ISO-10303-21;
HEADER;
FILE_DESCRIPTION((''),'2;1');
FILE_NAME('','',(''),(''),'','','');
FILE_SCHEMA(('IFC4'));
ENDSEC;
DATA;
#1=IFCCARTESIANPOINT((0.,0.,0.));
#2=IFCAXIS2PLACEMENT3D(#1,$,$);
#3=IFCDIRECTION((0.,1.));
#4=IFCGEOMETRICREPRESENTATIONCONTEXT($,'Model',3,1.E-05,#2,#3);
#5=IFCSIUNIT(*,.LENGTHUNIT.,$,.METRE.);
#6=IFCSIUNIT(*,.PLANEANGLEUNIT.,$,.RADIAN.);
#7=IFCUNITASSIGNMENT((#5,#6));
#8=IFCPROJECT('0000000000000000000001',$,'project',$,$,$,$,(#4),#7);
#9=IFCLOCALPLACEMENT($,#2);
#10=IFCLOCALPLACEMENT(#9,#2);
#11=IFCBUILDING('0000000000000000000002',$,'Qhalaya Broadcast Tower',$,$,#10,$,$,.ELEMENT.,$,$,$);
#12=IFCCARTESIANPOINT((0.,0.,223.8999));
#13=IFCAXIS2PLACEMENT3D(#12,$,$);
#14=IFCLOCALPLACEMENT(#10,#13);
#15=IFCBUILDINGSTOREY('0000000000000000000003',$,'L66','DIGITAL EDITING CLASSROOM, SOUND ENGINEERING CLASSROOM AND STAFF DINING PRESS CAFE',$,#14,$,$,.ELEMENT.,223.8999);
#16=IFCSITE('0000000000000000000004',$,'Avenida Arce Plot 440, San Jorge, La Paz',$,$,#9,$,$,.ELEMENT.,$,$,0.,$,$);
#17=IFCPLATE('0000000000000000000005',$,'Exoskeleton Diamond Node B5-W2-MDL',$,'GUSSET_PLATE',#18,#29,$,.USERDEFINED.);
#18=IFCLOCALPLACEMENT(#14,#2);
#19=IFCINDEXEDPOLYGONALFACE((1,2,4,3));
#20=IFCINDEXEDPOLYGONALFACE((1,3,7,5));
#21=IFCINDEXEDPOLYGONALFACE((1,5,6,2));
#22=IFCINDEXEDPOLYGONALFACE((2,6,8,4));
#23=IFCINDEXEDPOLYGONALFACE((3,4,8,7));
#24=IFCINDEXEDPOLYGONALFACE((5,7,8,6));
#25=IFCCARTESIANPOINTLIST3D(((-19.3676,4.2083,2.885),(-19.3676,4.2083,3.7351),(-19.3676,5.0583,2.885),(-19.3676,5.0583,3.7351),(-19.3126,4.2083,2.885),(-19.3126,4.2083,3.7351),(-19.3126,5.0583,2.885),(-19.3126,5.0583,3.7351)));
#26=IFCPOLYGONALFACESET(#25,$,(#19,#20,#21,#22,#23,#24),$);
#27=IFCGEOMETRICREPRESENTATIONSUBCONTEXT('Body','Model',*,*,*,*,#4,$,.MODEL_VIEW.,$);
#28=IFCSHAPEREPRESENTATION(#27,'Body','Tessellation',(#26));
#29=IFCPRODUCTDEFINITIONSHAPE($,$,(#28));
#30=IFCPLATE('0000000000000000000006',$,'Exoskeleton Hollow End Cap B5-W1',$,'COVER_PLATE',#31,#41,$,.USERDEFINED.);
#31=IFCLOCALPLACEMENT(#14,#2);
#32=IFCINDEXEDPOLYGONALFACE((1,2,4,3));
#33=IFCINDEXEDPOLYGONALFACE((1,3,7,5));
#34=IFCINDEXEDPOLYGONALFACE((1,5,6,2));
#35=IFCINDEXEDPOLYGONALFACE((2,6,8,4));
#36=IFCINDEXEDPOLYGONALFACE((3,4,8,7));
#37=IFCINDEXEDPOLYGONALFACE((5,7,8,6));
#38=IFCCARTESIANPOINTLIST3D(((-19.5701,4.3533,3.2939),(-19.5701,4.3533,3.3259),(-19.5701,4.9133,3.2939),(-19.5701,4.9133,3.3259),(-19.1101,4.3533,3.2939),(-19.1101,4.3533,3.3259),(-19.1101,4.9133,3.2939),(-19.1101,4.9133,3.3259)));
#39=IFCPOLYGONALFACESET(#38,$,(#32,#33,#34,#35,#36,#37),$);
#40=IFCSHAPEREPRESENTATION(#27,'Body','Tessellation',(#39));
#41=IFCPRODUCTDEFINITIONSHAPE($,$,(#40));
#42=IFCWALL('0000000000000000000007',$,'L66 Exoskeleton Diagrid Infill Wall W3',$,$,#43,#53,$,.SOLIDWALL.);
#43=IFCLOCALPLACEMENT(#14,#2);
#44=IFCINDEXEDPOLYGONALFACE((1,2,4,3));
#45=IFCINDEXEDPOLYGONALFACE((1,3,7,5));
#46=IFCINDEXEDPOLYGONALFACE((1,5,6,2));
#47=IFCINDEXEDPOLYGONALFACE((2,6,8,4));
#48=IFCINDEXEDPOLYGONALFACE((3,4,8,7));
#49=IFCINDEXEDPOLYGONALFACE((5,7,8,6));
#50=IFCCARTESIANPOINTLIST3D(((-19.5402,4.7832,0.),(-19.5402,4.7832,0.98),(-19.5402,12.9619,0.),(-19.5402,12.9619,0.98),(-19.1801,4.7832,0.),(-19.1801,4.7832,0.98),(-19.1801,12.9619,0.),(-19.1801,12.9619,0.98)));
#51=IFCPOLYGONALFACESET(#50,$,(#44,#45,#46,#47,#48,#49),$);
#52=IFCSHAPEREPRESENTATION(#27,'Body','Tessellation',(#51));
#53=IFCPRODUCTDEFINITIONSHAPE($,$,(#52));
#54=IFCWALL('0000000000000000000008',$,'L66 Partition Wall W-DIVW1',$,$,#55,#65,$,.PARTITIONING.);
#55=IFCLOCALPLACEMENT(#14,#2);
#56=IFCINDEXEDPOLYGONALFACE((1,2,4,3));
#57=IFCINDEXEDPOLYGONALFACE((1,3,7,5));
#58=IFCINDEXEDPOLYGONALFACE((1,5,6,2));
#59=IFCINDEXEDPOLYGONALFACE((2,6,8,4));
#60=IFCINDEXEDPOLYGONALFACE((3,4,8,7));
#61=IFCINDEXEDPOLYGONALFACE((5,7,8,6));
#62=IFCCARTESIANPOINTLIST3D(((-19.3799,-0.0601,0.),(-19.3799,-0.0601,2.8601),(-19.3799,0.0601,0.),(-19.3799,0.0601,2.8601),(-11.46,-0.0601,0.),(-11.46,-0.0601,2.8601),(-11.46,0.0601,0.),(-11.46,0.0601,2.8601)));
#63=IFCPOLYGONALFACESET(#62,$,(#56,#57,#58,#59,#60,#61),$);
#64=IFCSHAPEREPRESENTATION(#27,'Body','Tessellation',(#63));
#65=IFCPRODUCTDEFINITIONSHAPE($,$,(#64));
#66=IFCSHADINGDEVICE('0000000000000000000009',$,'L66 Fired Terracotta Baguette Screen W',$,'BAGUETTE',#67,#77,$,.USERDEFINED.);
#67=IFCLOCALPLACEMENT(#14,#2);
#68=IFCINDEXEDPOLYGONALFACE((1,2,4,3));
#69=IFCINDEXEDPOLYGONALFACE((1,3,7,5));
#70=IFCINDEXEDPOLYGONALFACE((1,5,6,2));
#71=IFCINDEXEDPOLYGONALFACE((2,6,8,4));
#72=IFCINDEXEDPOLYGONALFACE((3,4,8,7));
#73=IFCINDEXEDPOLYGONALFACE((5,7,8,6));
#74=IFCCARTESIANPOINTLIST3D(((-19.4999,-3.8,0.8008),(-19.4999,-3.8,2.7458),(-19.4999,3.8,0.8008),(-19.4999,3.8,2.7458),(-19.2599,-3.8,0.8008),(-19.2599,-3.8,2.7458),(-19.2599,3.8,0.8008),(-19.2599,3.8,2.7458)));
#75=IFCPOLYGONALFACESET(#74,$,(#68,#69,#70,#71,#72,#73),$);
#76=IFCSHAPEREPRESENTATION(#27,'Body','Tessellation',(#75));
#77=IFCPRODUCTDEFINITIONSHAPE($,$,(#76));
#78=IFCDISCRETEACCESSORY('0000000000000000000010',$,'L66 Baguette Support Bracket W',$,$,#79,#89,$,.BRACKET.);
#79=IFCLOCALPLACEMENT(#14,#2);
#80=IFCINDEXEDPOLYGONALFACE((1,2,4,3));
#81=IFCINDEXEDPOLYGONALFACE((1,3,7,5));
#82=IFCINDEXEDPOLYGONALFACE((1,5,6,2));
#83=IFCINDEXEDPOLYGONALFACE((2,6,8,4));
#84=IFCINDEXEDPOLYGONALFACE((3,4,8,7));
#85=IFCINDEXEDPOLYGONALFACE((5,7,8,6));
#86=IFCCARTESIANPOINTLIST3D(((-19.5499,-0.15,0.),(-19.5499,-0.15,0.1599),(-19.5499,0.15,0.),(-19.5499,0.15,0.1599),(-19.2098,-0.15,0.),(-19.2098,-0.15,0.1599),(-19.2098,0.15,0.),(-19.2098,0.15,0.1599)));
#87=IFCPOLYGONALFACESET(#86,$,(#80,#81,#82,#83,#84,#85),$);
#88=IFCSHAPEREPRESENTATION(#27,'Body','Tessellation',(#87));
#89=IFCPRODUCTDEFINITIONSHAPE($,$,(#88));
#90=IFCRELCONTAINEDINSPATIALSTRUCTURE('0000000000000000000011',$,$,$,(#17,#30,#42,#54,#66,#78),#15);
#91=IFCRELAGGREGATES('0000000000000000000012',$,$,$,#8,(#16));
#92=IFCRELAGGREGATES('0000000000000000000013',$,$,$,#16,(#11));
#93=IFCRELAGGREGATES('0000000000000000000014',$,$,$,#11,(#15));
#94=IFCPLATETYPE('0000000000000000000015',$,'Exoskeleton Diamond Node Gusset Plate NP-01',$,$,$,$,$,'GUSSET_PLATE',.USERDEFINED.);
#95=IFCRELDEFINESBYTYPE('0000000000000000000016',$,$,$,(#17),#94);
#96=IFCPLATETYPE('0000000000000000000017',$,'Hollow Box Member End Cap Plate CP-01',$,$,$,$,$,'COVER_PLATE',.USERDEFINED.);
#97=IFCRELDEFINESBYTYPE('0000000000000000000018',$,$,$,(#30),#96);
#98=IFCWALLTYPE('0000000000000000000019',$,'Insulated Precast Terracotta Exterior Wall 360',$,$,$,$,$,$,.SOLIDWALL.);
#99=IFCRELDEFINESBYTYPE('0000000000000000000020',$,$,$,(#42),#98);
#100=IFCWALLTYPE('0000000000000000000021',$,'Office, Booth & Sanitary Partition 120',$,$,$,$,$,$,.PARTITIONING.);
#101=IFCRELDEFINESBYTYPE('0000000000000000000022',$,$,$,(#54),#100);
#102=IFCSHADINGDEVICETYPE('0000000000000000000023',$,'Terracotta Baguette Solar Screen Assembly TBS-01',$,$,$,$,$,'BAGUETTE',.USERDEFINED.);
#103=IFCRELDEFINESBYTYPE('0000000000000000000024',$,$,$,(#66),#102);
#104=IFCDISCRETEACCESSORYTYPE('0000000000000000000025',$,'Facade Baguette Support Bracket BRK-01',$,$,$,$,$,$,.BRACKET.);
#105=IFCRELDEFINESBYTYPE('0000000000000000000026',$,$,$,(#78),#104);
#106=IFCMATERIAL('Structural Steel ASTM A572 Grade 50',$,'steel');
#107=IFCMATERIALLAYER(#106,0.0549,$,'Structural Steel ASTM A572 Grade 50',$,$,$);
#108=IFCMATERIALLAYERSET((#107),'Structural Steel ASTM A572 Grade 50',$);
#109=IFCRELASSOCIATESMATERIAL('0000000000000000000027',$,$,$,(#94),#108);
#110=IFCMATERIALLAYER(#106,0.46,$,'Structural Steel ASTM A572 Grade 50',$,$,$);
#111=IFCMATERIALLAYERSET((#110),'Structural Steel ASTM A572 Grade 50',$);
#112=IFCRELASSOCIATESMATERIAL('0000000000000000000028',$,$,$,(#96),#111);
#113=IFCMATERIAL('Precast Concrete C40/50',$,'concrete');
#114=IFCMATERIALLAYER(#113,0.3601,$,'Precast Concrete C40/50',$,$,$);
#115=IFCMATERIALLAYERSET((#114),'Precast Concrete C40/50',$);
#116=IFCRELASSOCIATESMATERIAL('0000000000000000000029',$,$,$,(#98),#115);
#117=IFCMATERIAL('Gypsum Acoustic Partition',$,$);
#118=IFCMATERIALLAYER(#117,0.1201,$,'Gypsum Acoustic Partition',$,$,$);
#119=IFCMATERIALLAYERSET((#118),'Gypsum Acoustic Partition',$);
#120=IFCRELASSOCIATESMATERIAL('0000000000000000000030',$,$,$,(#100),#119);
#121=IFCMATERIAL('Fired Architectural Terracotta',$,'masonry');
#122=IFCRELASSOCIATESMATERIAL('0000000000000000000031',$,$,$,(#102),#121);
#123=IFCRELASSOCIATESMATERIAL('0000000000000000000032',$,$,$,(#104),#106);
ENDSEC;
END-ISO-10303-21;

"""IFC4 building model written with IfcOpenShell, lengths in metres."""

from ifc_helpers import new_model, si_unit, direction, frame, frame_2d, origin, origin_2d, place, context, subcontext, project, spatial, rectangle, extrude, material, layer, layer_set, type_object, element, save


model = new_model("IFC4")

# Units and contexts
model_context = context("Model", 3, precision=1e-05, world=origin(), true_north=direction((0.0, 1.0)))
body_context = subcontext(model_context, "Body", "Model", "MODEL_VIEW")
ifc_project = project(units=[si_unit("LENGTHUNIT", "METRE"), si_unit("PLANEANGLEUNIT", "RADIAN")], contexts=[model_context])

# Site, building, storey
site_placement = place(None, origin())
site = spatial("IfcSite", under=ifc_project, at=site_placement, Name="Avenida Arce Plot 440, San Jorge, La Paz", CompositionType="ELEMENT", RefElevation=0.0)
building_placement = place(site_placement, origin())
building = spatial("IfcBuilding", under=site, at=building_placement, Name="Qhalaya Broadcast Tower", CompositionType="ELEMENT")
storey_placement = place(building_placement, frame((0.0, 0.0, 223.8999)))
storey = spatial("IfcBuildingStorey", under=building, at=storey_placement, Name="L66", Description="DIGITAL EDITING CLASSROOM, SOUND ENGINEERING CLASSROOM AND STAFF DINING PRESS CAFE", CompositionType="ELEMENT", Elevation=223.8999)

# Shared definitions
ifc_material_1 = material(Name="Structural Steel ASTM A572 Grade 50", Category="steel")

# Plates
ifc_layer_1 = layer(ifc_material_1, 0.0549, Name="Structural Steel ASTM A572 Grade 50")
ifc_layer_set_1 = layer_set([ifc_layer_1], Name="Structural Steel ASTM A572 Grade 50")
plate_type_1 = type_object("IfcPlateType", Name="Exoskeleton Diamond Node Gusset Plate NP-01", ElementType="GUSSET_PLATE", PredefinedType="USERDEFINED", material=ifc_layer_set_1)
plate_1_placement = place(storey_placement, frame((-19.3401, 4.6333, 2.885), z_axis=(0.0, 0.0, 1.0), x_axis=(0.0, 1.0, 0.0)))
element("IfcPlate", 1, at=plate_1_placement, inside=storey, type_object=plate_type_1, Name="Exoskeleton Diamond Node B5-W2-MDL", ObjectType="GUSSET_PLATE", PredefinedType="USERDEFINED", context=body_context, shape_type="SweptSolid", body=[
    extrude(rectangle(XDim=0.8501, YDim=0.0549, at=origin_2d()), origin(), (0.0, 0.0, 1.0), 0.8501),
])
ifc_layer_2 = layer(ifc_material_1, 0.46, Name="Structural Steel ASTM A572 Grade 50")
ifc_layer_set_2 = layer_set([ifc_layer_2], Name="Structural Steel ASTM A572 Grade 50")
plate_type_2 = type_object("IfcPlateType", Name="Hollow Box Member End Cap Plate CP-01", ElementType="COVER_PLATE", PredefinedType="USERDEFINED", material=ifc_layer_set_2)
plate_2_placement = place(storey_placement, frame((-19.3401, 4.6333, 3.2939), z_axis=(0.0, 0.0, 1.0), x_axis=(0.0, 1.0, 0.0)))
element("IfcPlate", 2, at=plate_2_placement, inside=storey, type_object=plate_type_2, Name="Exoskeleton Hollow End Cap B5-W1", ObjectType="COVER_PLATE", PredefinedType="USERDEFINED", context=body_context, shape_type="SweptSolid", body=[
    extrude(rectangle(XDim=0.5601, YDim=0.46, at=origin_2d()), origin(), (0.0, 0.0, 1.0), 0.032),
])

# Walls
ifc_material_2 = material(Name="Precast Concrete C40/50", Category="concrete")
ifc_layer_3 = layer(ifc_material_2, 0.3601, Name="Precast Concrete C40/50")
ifc_layer_set_3 = layer_set([ifc_layer_3], Name="Precast Concrete C40/50")
wall_type_1 = type_object("IfcWallType", Name="Insulated Precast Terracotta Exterior Wall 360", PredefinedType="SOLIDWALL", material=ifc_layer_set_3)
wall_1_placement = place(storey_placement, frame((-19.3601, 4.7832, 0.0), z_axis=(0.0, 0.0, 1.0), x_axis=(0.0, 1.0, 0.0)))
element("IfcWall", 3, at=wall_1_placement, inside=storey, type_object=wall_type_1, Name="L66 Exoskeleton Diagrid Infill Wall W3", PredefinedType="SOLIDWALL", context=body_context, shape_type="SweptSolid", body=[
    extrude(rectangle(XDim=8.1787, YDim=0.3601, at=frame_2d((4.0894, 0.0))), origin(), (0.0, 0.0, 1.0), 0.98),
])
ifc_material_3 = material(Name="Gypsum Acoustic Partition")
ifc_layer_4 = layer(ifc_material_3, 0.1201, Name="Gypsum Acoustic Partition")
ifc_layer_set_4 = layer_set([ifc_layer_4], Name="Gypsum Acoustic Partition")
wall_type_2 = type_object("IfcWallType", Name="Office, Booth & Sanitary Partition 120", PredefinedType="PARTITIONING", material=ifc_layer_set_4)
wall_2_placement = place(storey_placement, frame((-19.3799, 0.0, 0.0), z_axis=(0.0, 0.0, 1.0), x_axis=(1.0, 0.0, 0.0)))
element("IfcWall", 4, at=wall_2_placement, inside=storey, type_object=wall_type_2, Name="L66 Partition Wall W-DIVW1", PredefinedType="PARTITIONING", context=body_context, shape_type="SweptSolid", body=[
    extrude(rectangle(XDim=7.9199, YDim=0.1201, at=frame_2d((3.96, 0.0))), origin(), (0.0, 0.0, 1.0), 2.8601),
])

# Shading device
ifc_material_4 = material(Name="Fired Architectural Terracotta", Category="masonry")
shading_device_type = type_object("IfcShadingDeviceType", Name="Terracotta Baguette Solar Screen Assembly TBS-01", ElementType="BAGUETTE", PredefinedType="USERDEFINED", material=ifc_material_4)
shading_device_placement = place(storey_placement, frame((-19.3799, 0.0, 0.8008), z_axis=(0.0, 0.0, 1.0), x_axis=(0.0, -1.0, 0.0)))
element("IfcShadingDevice", 5, at=shading_device_placement, inside=storey, type_object=shading_device_type, Name="L66 Fired Terracotta Baguette Screen W", ObjectType="BAGUETTE", PredefinedType="USERDEFINED", context=body_context, shape_type="SweptSolid", body=[
    extrude(rectangle(XDim=7.6001, YDim=0.24, at=origin_2d()), origin(), (0.0, 0.0, 1.0), 1.9451),
])

# Discrete accessory
discrete_accessory_type = type_object("IfcDiscreteAccessoryType", Name="Facade Baguette Support Bracket BRK-01", PredefinedType="BRACKET", material=ifc_material_1)
discrete_accessory_placement = place(storey_placement, frame((-19.3799, 0.0, 0.0), z_axis=(0.0, 0.0, 1.0), x_axis=(0.0, -1.0, 0.0)))
element("IfcDiscreteAccessory", 6, at=discrete_accessory_placement, inside=storey, type_object=discrete_accessory_type, Name="L66 Baguette Support Bracket W", PredefinedType="BRACKET", context=body_context, shape_type="SweptSolid", body=[
    extrude(rectangle(XDim=0.3, YDim=0.3401, at=origin_2d()), origin(), (0.0, 0.0, 1.0), 0.1599),
])

save(model, "model.ifc")
